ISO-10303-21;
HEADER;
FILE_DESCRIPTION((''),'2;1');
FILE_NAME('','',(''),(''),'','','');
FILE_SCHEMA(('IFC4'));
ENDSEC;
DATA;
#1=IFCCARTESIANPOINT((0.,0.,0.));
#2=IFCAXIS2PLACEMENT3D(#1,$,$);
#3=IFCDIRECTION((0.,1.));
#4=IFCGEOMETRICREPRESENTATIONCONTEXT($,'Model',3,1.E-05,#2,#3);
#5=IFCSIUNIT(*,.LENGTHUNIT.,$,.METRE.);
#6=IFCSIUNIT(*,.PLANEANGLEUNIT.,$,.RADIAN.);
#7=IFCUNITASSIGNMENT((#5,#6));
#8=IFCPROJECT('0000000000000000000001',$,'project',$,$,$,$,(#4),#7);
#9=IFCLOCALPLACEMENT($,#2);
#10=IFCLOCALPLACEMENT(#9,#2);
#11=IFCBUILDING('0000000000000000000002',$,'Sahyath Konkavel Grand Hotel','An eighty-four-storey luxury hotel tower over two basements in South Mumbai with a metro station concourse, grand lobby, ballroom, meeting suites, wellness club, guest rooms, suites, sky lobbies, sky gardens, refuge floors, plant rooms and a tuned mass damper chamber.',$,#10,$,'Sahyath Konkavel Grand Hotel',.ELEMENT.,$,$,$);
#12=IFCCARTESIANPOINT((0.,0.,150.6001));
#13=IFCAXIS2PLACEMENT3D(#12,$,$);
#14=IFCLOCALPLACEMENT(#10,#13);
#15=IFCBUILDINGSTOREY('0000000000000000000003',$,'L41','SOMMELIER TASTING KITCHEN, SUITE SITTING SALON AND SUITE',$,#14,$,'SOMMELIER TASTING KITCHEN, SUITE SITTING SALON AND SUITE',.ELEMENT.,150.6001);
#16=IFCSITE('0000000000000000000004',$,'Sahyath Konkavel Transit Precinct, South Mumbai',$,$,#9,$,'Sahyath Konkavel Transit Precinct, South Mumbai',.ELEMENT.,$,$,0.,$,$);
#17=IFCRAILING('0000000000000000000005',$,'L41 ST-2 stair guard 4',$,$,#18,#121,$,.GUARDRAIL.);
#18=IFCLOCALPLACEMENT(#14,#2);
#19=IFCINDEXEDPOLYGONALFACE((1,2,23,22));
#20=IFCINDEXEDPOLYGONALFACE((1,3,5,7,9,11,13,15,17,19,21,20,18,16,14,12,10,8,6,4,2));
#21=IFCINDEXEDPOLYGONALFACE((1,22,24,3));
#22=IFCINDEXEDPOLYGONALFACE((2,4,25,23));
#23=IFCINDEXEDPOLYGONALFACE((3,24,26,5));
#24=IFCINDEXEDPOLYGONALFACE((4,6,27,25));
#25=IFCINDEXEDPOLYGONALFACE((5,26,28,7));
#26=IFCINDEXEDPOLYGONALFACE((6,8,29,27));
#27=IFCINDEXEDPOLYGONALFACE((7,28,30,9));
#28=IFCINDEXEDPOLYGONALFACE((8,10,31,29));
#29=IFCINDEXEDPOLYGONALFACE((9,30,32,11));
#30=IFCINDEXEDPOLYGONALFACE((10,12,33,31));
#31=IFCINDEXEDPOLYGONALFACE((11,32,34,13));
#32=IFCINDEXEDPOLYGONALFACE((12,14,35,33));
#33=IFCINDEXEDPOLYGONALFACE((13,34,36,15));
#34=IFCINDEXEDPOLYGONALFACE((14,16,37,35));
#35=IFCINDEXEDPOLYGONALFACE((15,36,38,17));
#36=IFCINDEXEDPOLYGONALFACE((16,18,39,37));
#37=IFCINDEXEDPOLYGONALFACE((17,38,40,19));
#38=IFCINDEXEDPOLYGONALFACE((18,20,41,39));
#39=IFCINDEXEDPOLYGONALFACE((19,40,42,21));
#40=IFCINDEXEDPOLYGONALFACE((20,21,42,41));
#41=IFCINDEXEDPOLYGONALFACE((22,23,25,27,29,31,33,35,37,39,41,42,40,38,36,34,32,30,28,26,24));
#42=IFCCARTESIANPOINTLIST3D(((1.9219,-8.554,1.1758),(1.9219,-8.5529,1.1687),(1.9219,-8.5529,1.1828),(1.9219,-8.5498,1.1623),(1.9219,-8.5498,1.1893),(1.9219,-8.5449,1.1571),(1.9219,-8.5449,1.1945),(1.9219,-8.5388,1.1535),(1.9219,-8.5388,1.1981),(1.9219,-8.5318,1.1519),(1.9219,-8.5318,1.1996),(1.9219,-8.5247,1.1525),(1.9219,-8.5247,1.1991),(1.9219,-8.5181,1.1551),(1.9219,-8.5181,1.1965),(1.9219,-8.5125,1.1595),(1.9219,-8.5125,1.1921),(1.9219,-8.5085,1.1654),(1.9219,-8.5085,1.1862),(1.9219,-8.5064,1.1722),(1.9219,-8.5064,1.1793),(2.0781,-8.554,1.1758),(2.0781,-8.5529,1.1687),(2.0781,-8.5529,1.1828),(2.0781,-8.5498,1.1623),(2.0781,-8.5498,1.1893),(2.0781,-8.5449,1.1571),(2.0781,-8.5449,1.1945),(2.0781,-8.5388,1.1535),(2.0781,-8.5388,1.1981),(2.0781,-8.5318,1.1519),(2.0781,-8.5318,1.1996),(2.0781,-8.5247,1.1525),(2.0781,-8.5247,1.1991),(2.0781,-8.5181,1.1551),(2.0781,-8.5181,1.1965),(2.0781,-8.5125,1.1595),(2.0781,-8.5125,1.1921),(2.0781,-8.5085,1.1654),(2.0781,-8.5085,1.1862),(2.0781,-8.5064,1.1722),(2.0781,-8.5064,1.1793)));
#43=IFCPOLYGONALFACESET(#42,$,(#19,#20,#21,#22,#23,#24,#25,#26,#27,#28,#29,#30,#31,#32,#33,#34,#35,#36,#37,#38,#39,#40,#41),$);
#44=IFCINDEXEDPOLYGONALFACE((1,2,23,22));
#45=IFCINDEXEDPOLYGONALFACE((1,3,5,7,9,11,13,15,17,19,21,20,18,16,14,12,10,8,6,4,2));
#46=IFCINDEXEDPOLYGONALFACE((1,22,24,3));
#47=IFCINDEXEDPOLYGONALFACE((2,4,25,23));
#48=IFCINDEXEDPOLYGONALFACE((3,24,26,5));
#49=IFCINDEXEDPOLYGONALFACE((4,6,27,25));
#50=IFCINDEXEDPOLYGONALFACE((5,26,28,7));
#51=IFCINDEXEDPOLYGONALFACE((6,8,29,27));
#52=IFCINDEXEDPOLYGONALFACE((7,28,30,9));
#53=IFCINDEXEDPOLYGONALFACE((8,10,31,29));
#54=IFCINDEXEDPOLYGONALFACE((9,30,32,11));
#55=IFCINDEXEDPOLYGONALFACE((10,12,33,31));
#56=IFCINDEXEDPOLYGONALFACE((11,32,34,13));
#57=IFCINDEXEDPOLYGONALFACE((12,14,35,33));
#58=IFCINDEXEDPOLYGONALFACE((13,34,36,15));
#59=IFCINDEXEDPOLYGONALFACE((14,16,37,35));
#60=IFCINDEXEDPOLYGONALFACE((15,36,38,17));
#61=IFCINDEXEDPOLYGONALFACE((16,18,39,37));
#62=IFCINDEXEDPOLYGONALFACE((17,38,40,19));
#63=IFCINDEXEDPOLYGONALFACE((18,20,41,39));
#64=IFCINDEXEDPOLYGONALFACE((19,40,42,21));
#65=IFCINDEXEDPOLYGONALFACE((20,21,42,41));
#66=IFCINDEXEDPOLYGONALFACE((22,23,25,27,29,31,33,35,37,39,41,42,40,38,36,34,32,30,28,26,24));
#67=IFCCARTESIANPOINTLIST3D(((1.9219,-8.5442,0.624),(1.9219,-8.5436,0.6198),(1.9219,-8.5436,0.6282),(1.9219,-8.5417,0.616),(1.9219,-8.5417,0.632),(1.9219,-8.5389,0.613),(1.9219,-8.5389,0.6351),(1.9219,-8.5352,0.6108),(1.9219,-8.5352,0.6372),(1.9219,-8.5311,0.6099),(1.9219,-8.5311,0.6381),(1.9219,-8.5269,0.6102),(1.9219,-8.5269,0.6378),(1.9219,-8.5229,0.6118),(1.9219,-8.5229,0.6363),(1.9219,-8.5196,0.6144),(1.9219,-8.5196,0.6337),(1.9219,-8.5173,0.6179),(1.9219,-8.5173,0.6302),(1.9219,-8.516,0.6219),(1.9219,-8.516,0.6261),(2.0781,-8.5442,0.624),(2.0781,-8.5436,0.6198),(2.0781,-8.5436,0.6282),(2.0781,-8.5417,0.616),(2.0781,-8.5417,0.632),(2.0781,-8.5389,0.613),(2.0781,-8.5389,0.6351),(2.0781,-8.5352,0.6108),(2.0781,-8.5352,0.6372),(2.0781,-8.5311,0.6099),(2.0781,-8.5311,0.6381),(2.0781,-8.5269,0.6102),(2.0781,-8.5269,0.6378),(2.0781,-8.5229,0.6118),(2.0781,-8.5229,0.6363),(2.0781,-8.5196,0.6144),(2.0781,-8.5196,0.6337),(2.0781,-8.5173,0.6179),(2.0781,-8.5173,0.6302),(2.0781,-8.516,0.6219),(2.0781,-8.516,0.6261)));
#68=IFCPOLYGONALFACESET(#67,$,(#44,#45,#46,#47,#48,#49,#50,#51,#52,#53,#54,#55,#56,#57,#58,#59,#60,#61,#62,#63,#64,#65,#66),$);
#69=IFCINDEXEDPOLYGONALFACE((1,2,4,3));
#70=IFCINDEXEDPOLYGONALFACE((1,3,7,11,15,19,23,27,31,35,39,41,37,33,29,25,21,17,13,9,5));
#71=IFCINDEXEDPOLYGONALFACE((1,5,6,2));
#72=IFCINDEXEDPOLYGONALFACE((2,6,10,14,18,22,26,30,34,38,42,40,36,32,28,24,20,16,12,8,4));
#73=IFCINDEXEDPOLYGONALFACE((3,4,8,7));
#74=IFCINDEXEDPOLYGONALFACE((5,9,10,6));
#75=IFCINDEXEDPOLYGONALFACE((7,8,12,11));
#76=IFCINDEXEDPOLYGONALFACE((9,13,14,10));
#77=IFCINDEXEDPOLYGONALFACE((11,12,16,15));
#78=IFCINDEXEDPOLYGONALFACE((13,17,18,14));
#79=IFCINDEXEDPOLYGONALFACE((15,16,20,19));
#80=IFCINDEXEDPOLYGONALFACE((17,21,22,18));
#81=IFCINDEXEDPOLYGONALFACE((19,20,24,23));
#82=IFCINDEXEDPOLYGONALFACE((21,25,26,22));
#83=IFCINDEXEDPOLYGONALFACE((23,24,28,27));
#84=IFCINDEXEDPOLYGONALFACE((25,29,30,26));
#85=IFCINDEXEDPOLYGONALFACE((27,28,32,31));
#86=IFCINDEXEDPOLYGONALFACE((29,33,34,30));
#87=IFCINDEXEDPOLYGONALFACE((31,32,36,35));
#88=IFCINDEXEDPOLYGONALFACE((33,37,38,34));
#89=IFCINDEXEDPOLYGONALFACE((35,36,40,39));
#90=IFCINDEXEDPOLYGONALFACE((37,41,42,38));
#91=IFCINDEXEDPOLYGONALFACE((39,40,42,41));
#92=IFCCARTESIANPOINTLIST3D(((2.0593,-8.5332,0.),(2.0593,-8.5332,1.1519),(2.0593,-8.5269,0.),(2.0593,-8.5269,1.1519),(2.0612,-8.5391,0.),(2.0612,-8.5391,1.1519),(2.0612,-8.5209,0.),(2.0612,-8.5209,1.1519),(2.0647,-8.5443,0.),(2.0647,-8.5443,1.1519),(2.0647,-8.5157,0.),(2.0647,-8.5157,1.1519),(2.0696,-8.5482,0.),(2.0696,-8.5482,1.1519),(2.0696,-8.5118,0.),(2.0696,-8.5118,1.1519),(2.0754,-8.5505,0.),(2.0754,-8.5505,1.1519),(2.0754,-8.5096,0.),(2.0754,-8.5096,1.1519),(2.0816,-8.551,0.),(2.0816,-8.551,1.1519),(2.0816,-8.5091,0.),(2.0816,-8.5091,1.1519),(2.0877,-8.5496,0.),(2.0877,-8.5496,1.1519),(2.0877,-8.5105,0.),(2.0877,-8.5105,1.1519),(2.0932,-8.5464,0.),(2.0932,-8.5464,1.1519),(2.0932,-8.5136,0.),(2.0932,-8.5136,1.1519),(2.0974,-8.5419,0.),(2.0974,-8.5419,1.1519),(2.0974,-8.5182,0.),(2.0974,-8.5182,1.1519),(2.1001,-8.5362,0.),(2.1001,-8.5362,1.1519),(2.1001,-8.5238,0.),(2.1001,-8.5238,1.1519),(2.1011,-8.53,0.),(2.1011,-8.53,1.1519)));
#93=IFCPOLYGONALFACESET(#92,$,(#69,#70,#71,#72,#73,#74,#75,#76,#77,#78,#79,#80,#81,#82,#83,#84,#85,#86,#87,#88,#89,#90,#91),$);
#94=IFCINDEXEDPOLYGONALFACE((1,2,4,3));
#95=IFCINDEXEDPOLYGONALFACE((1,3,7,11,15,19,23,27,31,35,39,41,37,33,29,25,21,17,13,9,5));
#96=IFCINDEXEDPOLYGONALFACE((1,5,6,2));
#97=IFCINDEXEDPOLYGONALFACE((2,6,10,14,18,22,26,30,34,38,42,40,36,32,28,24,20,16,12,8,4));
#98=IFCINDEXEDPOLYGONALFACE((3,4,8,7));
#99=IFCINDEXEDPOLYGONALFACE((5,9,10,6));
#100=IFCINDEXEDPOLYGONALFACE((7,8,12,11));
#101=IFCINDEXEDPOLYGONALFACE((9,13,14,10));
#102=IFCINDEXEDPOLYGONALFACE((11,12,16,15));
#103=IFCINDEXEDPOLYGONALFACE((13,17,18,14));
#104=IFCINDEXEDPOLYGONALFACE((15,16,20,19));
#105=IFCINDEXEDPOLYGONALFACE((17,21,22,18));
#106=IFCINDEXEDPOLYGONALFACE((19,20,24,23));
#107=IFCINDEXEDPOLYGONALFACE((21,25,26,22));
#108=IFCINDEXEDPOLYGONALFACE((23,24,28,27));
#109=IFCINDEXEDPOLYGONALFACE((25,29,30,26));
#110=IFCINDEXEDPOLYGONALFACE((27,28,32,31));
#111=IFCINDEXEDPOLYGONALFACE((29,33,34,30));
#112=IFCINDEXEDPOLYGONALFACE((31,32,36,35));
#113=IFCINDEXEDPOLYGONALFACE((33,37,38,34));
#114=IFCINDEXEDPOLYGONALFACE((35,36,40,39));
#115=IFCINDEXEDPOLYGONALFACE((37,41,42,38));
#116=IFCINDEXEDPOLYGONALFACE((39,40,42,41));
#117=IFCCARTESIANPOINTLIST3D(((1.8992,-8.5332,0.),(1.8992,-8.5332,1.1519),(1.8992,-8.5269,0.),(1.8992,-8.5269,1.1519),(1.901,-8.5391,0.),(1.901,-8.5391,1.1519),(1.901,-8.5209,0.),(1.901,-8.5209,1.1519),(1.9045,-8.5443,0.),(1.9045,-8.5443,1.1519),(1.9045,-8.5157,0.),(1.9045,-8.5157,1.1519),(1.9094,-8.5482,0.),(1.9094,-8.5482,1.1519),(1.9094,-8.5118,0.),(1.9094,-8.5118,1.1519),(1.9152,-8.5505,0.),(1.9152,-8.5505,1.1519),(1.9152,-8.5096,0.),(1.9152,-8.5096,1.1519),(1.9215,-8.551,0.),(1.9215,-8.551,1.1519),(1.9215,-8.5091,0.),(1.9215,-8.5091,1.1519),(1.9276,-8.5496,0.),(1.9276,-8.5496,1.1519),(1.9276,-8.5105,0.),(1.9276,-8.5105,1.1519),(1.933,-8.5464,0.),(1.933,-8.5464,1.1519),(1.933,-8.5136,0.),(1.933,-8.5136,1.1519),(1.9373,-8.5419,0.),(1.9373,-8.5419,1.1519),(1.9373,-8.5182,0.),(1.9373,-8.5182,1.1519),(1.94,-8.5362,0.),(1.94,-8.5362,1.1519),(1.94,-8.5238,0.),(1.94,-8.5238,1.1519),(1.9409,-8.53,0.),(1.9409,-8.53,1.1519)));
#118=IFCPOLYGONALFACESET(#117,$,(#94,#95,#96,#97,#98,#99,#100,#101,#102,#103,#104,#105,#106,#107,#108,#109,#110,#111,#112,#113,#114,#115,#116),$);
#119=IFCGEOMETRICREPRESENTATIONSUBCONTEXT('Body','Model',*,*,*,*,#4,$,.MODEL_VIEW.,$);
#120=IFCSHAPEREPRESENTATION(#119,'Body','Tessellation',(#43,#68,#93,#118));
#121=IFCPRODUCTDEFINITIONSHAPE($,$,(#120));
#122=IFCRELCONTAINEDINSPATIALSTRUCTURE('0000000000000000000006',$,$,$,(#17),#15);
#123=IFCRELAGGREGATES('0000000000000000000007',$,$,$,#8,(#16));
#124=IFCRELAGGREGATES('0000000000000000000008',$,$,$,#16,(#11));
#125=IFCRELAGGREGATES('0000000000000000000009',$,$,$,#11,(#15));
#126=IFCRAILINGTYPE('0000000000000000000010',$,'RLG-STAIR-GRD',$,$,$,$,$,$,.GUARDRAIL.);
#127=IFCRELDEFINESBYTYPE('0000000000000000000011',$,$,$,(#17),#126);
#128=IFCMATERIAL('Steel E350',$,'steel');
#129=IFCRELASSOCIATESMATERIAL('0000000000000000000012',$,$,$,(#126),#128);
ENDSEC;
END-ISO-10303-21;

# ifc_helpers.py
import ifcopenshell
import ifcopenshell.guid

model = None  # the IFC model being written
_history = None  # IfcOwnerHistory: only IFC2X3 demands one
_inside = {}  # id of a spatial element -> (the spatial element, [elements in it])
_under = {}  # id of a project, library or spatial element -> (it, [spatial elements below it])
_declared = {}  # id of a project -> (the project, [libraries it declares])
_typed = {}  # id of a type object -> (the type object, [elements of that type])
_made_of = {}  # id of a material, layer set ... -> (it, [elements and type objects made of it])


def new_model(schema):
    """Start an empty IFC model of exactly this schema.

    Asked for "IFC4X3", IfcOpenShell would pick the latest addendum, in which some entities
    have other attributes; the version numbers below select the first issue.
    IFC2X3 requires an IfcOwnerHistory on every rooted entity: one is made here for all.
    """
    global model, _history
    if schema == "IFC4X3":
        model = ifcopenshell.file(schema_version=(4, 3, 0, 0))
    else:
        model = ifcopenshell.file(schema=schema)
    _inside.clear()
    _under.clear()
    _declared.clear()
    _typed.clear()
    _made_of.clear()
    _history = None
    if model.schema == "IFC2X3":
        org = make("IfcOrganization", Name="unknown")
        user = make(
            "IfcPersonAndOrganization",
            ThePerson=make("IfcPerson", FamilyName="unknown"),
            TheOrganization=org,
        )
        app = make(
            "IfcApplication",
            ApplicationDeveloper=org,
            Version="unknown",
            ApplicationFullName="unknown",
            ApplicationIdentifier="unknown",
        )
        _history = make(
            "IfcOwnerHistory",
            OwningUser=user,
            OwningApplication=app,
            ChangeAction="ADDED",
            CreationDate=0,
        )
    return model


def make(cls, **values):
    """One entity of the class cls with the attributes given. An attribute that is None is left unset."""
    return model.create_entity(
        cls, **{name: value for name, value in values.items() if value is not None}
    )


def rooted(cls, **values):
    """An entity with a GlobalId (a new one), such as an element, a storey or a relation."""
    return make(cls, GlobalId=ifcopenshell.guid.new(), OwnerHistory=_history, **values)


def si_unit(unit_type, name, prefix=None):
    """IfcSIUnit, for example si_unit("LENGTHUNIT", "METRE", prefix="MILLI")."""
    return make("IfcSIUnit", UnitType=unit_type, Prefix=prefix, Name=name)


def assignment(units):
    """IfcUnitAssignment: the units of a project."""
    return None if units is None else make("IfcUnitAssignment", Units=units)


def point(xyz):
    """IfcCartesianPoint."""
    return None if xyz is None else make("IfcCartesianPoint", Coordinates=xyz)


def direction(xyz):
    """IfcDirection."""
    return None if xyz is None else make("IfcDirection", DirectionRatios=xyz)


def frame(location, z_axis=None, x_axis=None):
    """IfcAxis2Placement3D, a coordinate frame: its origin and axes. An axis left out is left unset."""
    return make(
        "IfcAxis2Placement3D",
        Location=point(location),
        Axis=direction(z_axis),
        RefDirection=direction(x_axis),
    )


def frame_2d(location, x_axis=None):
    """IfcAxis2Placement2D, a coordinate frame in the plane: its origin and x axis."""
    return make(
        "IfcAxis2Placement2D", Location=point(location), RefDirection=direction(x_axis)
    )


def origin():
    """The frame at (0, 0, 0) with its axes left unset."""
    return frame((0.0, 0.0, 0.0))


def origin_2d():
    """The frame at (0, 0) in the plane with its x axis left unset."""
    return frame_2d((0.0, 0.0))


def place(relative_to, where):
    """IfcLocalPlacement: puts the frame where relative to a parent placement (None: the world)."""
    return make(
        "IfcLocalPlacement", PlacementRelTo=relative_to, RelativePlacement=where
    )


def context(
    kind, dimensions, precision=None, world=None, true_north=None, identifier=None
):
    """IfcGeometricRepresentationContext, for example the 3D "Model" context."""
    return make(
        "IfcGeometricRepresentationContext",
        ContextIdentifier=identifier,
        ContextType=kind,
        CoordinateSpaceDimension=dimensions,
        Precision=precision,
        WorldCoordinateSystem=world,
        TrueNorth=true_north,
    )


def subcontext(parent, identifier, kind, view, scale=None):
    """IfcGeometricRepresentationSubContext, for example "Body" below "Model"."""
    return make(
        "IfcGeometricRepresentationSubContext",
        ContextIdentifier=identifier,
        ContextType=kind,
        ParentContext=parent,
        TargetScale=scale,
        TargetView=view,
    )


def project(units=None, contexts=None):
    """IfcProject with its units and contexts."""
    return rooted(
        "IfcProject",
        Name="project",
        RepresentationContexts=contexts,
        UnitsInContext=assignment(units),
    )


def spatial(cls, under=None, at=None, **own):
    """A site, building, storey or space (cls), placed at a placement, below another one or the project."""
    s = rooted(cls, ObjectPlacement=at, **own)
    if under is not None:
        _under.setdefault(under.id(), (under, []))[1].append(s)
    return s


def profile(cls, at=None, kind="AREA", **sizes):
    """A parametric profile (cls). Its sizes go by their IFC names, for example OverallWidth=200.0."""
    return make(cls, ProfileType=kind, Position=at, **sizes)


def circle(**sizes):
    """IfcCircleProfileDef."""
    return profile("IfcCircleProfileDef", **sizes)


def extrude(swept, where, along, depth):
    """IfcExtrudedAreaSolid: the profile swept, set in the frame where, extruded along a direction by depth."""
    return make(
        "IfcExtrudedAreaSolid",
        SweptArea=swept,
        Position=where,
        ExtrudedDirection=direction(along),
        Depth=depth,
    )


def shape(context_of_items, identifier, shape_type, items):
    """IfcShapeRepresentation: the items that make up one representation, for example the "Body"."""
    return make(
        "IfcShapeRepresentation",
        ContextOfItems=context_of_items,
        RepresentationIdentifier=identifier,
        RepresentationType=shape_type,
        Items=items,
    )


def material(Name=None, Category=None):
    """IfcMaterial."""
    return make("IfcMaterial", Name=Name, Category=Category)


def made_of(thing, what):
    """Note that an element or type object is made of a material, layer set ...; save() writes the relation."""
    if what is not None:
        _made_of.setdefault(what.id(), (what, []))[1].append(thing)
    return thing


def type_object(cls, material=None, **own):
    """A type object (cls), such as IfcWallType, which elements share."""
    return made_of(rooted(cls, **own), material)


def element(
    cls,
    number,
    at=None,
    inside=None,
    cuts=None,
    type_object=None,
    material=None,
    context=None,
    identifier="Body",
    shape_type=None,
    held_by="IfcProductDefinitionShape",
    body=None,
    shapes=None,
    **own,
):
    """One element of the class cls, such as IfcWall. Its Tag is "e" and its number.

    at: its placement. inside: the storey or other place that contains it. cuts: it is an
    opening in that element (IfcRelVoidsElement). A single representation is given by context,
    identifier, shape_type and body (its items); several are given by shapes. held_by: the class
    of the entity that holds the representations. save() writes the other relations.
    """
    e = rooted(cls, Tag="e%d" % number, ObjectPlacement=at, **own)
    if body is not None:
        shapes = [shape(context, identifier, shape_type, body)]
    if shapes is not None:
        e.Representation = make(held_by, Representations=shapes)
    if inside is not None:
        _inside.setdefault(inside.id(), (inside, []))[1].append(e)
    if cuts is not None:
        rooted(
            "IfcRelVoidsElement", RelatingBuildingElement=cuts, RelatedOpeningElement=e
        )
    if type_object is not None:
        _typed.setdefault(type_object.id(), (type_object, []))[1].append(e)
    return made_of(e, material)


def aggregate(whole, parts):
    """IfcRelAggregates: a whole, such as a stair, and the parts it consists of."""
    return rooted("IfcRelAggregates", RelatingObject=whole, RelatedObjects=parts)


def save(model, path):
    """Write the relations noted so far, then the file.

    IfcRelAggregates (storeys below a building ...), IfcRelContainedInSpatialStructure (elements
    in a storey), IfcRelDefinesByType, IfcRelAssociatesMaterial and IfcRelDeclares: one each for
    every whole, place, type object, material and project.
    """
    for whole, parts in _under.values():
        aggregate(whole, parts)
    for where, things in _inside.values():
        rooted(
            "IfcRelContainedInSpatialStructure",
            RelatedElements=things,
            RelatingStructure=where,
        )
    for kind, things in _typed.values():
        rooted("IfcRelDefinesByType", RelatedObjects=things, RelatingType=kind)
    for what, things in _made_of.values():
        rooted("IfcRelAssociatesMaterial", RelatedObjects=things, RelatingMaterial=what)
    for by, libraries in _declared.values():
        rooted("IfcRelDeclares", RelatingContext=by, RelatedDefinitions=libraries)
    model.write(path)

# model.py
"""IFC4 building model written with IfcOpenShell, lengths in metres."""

from ifc_helpers import new_model, si_unit, direction, frame, origin, origin_2d, place, context, subcontext, project, spatial, circle, extrude, material, type_object, element, save


model = new_model("IFC4")

# Units and contexts
model_context = context("Model", 3, precision=1e-05, world=origin(), true_north=direction((0.0, 1.0)))
body_context = subcontext(model_context, "Body", "Model", "MODEL_VIEW")
ifc_project = project(units=[si_unit("LENGTHUNIT", "METRE"), si_unit("PLANEANGLEUNIT", "RADIAN")], contexts=[model_context])

# Site, building, storey
site_placement = place(None, origin())
site = spatial("IfcSite", under=ifc_project, at=site_placement, Name="Sahyath Konkavel Transit Precinct, South Mumbai", LongName="Sahyath Konkavel Transit Precinct, South Mumbai", CompositionType="ELEMENT", RefElevation=0.0)
building_placement = place(site_placement, origin())
building = spatial("IfcBuilding", under=site, at=building_placement, Name="Sahyath Konkavel Grand Hotel", Description="An eighty-four-storey luxury hotel tower over two basements in South Mumbai with a metro station concourse, grand lobby, ballroom, meeting suites, wellness club, guest rooms, suites, sky lobbies, sky gardens, refuge floors, plant rooms and a tuned mass damper chamber.", LongName="Sahyath Konkavel Grand Hotel", CompositionType="ELEMENT")
storey_placement = place(building_placement, frame((0.0, 0.0, 150.6001)))
storey = spatial("IfcBuildingStorey", under=building, at=storey_placement, Name="L41", Description="SOMMELIER TASTING KITCHEN, SUITE SITTING SALON AND SUITE", LongName="SOMMELIER TASTING KITCHEN, SUITE SITTING SALON AND SUITE", CompositionType="ELEMENT", Elevation=150.6001)

# Shared definitions
ifc_material_1 = material(Name="Steel E350", Category="steel")

# Railing
railing_type_1 = type_object("IfcRailingType", Name="RLG-STAIR-GRD", PredefinedType="GUARDRAIL", material=ifc_material_1)
railing_1_placement = place(storey_placement, frame((2.0801, -8.53, 0.0)))
element("IfcRailing", 1, at=railing_1_placement, inside=storey, type_object=railing_type_1, Name="L41 ST-2 stair guard 4", PredefinedType="GUARDRAIL", context=body_context, shape_type="SweptSolid", body=[
    extrude(circle(Radius=0.0239, at=origin_2d()), frame((-0.002, 0.0, 1.1758), z_axis=(-1.0, 0.0, 0.0), x_axis=(0.0, -1.0, 0.0)), (0.0, 0.0, 1.0), 0.1562),
    extrude(circle(Radius=0.0142, at=origin_2d()), frame((-0.002, 0.0, 0.624), z_axis=(-1.0, 0.0, 0.0), x_axis=(0.0, -1.0, 0.0)), (0.0, 0.0, 1.0), 0.1562),
    extrude(circle(Radius=0.021, at=origin_2d()), origin(), (0.0, 0.0, 1.0), 1.1519),
    extrude(circle(Radius=0.021, at=origin_2d()), frame((-0.1602, 0.0, 0.0)), (0.0, 0.0, 1.0), 1.1519),
])

save(model, "model.ifc")
